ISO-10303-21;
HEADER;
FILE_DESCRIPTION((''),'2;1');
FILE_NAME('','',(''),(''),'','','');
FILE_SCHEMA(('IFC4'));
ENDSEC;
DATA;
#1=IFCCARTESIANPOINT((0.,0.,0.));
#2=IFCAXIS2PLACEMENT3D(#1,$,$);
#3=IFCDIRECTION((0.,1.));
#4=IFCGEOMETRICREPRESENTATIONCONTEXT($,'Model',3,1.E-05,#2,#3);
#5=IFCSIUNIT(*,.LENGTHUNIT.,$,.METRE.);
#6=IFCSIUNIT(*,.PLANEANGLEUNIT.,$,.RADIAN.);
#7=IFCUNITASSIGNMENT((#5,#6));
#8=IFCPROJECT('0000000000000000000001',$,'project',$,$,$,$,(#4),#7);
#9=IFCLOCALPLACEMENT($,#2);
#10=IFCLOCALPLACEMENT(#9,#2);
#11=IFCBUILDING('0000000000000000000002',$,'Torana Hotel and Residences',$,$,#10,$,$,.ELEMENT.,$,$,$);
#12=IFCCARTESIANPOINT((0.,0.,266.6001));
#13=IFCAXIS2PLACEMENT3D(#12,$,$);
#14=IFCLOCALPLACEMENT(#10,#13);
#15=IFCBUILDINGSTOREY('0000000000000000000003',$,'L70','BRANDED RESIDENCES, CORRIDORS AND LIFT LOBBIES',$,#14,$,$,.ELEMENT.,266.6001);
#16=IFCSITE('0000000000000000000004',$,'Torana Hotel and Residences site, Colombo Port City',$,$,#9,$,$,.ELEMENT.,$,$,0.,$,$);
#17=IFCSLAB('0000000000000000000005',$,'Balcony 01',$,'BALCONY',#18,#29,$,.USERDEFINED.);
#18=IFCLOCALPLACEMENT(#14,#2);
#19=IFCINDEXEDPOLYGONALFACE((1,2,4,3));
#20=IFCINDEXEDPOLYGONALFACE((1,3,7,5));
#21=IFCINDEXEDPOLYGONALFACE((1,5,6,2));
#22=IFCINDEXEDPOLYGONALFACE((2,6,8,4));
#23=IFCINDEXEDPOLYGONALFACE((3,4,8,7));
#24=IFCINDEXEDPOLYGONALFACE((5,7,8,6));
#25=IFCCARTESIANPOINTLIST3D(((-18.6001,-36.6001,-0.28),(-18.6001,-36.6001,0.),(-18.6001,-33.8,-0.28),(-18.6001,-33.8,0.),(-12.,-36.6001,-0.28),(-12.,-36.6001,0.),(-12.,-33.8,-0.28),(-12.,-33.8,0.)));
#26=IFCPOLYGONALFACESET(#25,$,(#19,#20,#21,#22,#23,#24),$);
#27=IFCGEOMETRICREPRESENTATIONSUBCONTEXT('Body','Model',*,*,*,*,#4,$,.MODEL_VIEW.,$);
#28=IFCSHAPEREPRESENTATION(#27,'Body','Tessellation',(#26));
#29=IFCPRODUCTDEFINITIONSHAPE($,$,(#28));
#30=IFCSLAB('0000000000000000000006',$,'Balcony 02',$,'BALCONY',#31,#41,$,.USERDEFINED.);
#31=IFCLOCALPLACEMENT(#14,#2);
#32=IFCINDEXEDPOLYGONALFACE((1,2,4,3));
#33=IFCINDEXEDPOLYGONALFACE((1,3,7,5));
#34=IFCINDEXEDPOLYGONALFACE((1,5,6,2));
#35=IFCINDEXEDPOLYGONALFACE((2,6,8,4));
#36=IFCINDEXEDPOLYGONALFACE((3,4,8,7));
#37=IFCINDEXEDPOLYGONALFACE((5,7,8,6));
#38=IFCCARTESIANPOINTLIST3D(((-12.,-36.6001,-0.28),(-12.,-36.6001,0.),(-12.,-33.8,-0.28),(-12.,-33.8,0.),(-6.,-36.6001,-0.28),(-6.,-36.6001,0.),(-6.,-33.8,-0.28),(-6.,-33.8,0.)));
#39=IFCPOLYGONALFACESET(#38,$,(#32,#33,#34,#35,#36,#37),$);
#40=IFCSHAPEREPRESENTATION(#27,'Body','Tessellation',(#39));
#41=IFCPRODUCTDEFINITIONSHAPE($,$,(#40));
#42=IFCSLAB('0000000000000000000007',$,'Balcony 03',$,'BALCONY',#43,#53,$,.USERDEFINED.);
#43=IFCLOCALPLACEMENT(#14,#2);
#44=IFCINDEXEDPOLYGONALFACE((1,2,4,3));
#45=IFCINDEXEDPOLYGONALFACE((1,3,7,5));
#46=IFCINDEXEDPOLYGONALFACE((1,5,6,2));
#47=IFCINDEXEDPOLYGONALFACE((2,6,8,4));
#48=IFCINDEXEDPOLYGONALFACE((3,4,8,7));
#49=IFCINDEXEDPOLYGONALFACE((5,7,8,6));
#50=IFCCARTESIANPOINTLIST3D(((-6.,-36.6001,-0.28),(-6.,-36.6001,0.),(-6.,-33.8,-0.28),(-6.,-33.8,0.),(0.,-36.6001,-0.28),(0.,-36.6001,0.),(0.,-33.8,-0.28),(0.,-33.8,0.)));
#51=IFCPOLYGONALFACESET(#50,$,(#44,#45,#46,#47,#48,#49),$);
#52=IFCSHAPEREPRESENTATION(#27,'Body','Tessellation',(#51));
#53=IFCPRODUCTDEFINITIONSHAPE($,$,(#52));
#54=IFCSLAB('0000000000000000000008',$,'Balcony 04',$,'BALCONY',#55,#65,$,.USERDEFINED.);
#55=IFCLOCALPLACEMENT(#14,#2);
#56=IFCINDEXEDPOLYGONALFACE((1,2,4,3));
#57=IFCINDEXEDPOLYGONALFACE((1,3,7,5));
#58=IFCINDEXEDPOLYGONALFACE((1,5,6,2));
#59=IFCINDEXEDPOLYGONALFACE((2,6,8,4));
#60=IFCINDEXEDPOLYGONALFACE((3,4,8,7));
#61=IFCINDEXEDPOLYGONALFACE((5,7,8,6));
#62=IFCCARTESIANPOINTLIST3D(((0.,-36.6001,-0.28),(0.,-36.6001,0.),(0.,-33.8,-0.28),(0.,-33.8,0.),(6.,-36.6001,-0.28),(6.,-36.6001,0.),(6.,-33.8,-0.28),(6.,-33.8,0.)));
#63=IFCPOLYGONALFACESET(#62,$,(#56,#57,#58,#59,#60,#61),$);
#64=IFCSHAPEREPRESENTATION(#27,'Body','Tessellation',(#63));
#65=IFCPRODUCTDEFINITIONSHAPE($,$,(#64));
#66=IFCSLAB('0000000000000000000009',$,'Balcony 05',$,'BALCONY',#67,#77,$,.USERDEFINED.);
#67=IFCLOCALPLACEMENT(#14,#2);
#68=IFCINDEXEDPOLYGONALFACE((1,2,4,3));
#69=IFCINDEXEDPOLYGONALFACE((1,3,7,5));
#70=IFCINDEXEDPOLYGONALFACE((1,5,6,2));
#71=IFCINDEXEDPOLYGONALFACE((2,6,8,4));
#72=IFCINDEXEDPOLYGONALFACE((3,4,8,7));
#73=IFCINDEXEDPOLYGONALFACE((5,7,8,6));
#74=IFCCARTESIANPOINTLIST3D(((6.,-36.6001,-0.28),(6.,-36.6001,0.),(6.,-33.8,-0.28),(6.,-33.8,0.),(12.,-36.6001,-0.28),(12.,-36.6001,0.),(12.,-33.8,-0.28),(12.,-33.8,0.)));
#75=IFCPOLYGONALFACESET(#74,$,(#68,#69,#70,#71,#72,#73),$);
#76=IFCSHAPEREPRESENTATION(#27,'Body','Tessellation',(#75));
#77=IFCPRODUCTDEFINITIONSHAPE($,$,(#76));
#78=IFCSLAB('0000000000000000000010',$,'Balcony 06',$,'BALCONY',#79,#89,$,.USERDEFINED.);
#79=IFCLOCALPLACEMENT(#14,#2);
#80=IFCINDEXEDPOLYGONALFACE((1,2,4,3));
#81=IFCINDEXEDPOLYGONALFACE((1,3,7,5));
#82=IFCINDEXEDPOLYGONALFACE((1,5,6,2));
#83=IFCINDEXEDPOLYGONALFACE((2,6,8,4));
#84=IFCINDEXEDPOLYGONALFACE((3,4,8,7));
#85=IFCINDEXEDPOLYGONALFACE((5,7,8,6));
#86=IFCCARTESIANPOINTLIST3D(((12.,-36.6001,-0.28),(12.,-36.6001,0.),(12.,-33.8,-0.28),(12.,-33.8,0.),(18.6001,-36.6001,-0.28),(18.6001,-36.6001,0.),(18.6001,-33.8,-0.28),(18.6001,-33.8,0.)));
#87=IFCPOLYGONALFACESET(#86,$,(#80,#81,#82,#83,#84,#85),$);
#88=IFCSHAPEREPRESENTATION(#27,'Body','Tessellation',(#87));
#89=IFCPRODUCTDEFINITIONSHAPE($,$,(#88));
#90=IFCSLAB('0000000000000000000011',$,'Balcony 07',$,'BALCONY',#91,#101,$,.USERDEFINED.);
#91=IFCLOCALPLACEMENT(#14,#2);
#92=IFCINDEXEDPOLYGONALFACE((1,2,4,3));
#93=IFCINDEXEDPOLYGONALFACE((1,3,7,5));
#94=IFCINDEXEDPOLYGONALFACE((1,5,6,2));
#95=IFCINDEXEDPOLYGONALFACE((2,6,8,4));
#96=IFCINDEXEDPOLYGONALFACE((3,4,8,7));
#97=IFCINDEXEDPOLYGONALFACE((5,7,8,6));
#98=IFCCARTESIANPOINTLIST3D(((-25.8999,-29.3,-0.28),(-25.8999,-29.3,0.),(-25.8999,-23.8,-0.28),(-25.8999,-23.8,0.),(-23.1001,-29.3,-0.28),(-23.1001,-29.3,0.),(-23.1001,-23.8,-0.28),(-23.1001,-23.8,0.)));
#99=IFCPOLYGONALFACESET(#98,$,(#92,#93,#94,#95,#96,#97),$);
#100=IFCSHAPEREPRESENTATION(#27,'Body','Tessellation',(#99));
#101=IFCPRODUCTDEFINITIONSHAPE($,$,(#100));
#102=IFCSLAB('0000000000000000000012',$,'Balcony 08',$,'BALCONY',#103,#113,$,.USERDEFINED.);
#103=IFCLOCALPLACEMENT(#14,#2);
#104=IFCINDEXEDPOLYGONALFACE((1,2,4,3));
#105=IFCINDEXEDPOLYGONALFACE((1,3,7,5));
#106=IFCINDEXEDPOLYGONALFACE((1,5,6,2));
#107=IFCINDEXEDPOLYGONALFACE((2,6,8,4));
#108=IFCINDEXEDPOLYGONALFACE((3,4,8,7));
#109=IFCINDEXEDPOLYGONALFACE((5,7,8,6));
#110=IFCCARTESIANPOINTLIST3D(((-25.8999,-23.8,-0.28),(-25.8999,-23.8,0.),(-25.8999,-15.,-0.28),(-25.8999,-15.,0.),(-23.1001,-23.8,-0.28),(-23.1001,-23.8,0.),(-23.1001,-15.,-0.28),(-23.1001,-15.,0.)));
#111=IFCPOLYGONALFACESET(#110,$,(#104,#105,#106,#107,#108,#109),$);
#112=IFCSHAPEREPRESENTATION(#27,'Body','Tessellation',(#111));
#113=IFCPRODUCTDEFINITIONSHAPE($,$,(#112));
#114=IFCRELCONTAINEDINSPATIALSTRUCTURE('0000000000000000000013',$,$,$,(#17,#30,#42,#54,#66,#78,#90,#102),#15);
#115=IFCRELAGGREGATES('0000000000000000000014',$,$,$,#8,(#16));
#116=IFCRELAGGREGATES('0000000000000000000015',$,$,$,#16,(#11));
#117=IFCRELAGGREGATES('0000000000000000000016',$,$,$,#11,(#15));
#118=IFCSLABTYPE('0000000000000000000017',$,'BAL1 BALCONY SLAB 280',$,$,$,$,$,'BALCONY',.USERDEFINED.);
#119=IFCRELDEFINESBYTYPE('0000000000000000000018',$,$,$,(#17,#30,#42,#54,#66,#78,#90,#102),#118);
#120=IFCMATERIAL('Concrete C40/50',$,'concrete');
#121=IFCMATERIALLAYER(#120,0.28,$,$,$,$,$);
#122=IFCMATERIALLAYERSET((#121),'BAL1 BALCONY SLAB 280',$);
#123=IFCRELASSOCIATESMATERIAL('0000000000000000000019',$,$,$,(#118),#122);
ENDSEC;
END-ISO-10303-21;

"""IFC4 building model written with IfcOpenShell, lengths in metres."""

from ifc_helpers import new_model, si_unit, direction, frame, origin, place, context, subcontext, project, spatial, polyline, outline, extrude, material, layer, layer_set, type_object, element, save


model = new_model("IFC4")

# Units and contexts
model_context = context("Model", 3, precision=1e-05, world=origin(), true_north=direction((0.0, 1.0)))
body_context = subcontext(model_context, "Body", "Model", "MODEL_VIEW")
ifc_project = project(units=[si_unit("LENGTHUNIT", "METRE"), si_unit("PLANEANGLEUNIT", "RADIAN")], contexts=[model_context])

# Site, building, storey
site_placement = place(None, origin())
site = spatial("IfcSite", under=ifc_project, at=site_placement, Name="Torana Hotel and Residences site, Colombo Port City", CompositionType="ELEMENT", RefElevation=0.0)
building_placement = place(site_placement, origin())
building = spatial("IfcBuilding", under=site, at=building_placement, Name="Torana Hotel and Residences", CompositionType="ELEMENT")
storey_placement = place(building_placement, frame((0.0, 0.0, 266.6001)))
storey = spatial("IfcBuildingStorey", under=building, at=storey_placement, Name="L70", Description="BRANDED RESIDENCES, CORRIDORS AND LIFT LOBBIES", CompositionType="ELEMENT", Elevation=266.6001)

# Slabs
ifc_material_1 = material(Name="Concrete C40/50", Category="concrete")
ifc_layer_1 = layer(ifc_material_1, 0.28)
ifc_layer_set_1 = layer_set([ifc_layer_1], Name="BAL1 BALCONY SLAB 280")
slab_type_1 = type_object("IfcSlabType", Name="BAL1 BALCONY SLAB 280", ElementType="BALCONY", PredefinedType="USERDEFINED", material=ifc_layer_set_1)
slab_1_placement = place(storey_placement, frame((0.0, 0.0, -0.28)))
element("IfcSlab", 1, at=slab_1_placement, inside=storey, type_object=slab_type_1, Name="Balcony 01", ObjectType="BALCONY", PredefinedType="USERDEFINED", context=body_context, shape_type="SweptSolid", body=[
    extrude(outline(polyline([(-18.6001, -36.6001), (-12.0, -36.6001), (-12.0, -33.8), (-18.6001, -33.8), (-18.6001, -36.6001)])), origin(), (0.0, 0.0, 1.0), 0.28),
])
slab_2_placement = place(storey_placement, frame((0.0, 0.0, -0.28)))
element("IfcSlab", 2, at=slab_2_placement, inside=storey, type_object=slab_type_1, Name="Balcony 02", ObjectType="BALCONY", PredefinedType="USERDEFINED", context=body_context, shape_type="SweptSolid", body=[
    extrude(outline(polyline([(-12.0, -36.6001), (-6.0, -36.6001), (-6.0, -33.8), (-12.0, -33.8), (-12.0, -36.6001)])), origin(), (0.0, 0.0, 1.0), 0.28),
])
slab_3_placement = place(storey_placement, frame((0.0, 0.0, -0.28)))
element("IfcSlab", 3, at=slab_3_placement, inside=storey, type_object=slab_type_1, Name="Balcony 03", ObjectType="BALCONY", PredefinedType="USERDEFINED", context=body_context, shape_type="SweptSolid", body=[
    extrude(outline(polyline([(-6.0, -36.6001), (0.0, -36.6001), (0.0, -33.8), (-6.0, -33.8), (-6.0, -36.6001)])), origin(), (0.0, 0.0, 1.0), 0.28),
])
slab_4_placement = place(storey_placement, frame((0.0, 0.0, -0.28)))
element("IfcSlab", 4, at=slab_4_placement, inside=storey, type_object=slab_type_1, Name="Balcony 04", ObjectType="BALCONY", PredefinedType="USERDEFINED", context=body_context, shape_type="SweptSolid", body=[
    extrude(outline(polyline([(0.0, -36.6001), (6.0, -36.6001), (6.0, -33.8), (0.0, -33.8), (0.0, -36.6001)])), origin(), (0.0, 0.0, 1.0), 0.28),
])
slab_5_placement = place(storey_placement, frame((0.0, 0.0, -0.28)))
element("IfcSlab", 5, at=slab_5_placement, inside=storey, type_object=slab_type_1, Name="Balcony 05", ObjectType="BALCONY", PredefinedType="USERDEFINED", context=body_context, shape_type="SweptSolid", body=[
    extrude(outline(polyline([(6.0, -36.6001), (12.0, -36.6001), (12.0, -33.8), (6.0, -33.8), (6.0, -36.6001)])), origin(), (0.0, 0.0, 1.0), 0.28),
])
slab_6_placement = place(storey_placement, frame((0.0, 0.0, -0.28)))
element("IfcSlab", 6, at=slab_6_placement, inside=storey, type_object=slab_type_1, Name="Balcony 06", ObjectType="BALCONY", PredefinedType="USERDEFINED", context=body_context, shape_type="SweptSolid", body=[
    extrude(outline(polyline([(12.0, -36.6001), (18.6001, -36.6001), (18.6001, -33.8), (12.0, -33.8), (12.0, -36.6001)])), origin(), (0.0, 0.0, 1.0), 0.28),
])
slab_7_placement = place(storey_placement, frame((0.0, 0.0, -0.28)))
element("IfcSlab", 7, at=slab_7_placement, inside=storey, type_object=slab_type_1, Name="Balcony 07", ObjectType="BALCONY", PredefinedType="USERDEFINED", context=body_context, shape_type="SweptSolid", body=[
    extrude(outline(polyline([(-25.8999, -29.3), (-23.1001, -29.3), (-23.1001, -23.8), (-25.8999, -23.8), (-25.8999, -29.3)])), origin(), (0.0, 0.0, 1.0), 0.28),
])
slab_8_placement = place(storey_placement, frame((0.0, 0.0, -0.28)))
element("IfcSlab", 8, at=slab_8_placement, inside=storey, type_object=slab_type_1, Name="Balcony 08", ObjectType="BALCONY", PredefinedType="USERDEFINED", context=body_context, shape_type="SweptSolid", body=[
    extrude(outline(polyline([(-25.8999, -23.8), (-23.1001, -23.8), (-23.1001, -15.0), (-25.8999, -15.0), (-25.8999, -23.8)])), origin(), (0.0, 0.0, 1.0), 0.28),
])

save(model, "model.ifc")
